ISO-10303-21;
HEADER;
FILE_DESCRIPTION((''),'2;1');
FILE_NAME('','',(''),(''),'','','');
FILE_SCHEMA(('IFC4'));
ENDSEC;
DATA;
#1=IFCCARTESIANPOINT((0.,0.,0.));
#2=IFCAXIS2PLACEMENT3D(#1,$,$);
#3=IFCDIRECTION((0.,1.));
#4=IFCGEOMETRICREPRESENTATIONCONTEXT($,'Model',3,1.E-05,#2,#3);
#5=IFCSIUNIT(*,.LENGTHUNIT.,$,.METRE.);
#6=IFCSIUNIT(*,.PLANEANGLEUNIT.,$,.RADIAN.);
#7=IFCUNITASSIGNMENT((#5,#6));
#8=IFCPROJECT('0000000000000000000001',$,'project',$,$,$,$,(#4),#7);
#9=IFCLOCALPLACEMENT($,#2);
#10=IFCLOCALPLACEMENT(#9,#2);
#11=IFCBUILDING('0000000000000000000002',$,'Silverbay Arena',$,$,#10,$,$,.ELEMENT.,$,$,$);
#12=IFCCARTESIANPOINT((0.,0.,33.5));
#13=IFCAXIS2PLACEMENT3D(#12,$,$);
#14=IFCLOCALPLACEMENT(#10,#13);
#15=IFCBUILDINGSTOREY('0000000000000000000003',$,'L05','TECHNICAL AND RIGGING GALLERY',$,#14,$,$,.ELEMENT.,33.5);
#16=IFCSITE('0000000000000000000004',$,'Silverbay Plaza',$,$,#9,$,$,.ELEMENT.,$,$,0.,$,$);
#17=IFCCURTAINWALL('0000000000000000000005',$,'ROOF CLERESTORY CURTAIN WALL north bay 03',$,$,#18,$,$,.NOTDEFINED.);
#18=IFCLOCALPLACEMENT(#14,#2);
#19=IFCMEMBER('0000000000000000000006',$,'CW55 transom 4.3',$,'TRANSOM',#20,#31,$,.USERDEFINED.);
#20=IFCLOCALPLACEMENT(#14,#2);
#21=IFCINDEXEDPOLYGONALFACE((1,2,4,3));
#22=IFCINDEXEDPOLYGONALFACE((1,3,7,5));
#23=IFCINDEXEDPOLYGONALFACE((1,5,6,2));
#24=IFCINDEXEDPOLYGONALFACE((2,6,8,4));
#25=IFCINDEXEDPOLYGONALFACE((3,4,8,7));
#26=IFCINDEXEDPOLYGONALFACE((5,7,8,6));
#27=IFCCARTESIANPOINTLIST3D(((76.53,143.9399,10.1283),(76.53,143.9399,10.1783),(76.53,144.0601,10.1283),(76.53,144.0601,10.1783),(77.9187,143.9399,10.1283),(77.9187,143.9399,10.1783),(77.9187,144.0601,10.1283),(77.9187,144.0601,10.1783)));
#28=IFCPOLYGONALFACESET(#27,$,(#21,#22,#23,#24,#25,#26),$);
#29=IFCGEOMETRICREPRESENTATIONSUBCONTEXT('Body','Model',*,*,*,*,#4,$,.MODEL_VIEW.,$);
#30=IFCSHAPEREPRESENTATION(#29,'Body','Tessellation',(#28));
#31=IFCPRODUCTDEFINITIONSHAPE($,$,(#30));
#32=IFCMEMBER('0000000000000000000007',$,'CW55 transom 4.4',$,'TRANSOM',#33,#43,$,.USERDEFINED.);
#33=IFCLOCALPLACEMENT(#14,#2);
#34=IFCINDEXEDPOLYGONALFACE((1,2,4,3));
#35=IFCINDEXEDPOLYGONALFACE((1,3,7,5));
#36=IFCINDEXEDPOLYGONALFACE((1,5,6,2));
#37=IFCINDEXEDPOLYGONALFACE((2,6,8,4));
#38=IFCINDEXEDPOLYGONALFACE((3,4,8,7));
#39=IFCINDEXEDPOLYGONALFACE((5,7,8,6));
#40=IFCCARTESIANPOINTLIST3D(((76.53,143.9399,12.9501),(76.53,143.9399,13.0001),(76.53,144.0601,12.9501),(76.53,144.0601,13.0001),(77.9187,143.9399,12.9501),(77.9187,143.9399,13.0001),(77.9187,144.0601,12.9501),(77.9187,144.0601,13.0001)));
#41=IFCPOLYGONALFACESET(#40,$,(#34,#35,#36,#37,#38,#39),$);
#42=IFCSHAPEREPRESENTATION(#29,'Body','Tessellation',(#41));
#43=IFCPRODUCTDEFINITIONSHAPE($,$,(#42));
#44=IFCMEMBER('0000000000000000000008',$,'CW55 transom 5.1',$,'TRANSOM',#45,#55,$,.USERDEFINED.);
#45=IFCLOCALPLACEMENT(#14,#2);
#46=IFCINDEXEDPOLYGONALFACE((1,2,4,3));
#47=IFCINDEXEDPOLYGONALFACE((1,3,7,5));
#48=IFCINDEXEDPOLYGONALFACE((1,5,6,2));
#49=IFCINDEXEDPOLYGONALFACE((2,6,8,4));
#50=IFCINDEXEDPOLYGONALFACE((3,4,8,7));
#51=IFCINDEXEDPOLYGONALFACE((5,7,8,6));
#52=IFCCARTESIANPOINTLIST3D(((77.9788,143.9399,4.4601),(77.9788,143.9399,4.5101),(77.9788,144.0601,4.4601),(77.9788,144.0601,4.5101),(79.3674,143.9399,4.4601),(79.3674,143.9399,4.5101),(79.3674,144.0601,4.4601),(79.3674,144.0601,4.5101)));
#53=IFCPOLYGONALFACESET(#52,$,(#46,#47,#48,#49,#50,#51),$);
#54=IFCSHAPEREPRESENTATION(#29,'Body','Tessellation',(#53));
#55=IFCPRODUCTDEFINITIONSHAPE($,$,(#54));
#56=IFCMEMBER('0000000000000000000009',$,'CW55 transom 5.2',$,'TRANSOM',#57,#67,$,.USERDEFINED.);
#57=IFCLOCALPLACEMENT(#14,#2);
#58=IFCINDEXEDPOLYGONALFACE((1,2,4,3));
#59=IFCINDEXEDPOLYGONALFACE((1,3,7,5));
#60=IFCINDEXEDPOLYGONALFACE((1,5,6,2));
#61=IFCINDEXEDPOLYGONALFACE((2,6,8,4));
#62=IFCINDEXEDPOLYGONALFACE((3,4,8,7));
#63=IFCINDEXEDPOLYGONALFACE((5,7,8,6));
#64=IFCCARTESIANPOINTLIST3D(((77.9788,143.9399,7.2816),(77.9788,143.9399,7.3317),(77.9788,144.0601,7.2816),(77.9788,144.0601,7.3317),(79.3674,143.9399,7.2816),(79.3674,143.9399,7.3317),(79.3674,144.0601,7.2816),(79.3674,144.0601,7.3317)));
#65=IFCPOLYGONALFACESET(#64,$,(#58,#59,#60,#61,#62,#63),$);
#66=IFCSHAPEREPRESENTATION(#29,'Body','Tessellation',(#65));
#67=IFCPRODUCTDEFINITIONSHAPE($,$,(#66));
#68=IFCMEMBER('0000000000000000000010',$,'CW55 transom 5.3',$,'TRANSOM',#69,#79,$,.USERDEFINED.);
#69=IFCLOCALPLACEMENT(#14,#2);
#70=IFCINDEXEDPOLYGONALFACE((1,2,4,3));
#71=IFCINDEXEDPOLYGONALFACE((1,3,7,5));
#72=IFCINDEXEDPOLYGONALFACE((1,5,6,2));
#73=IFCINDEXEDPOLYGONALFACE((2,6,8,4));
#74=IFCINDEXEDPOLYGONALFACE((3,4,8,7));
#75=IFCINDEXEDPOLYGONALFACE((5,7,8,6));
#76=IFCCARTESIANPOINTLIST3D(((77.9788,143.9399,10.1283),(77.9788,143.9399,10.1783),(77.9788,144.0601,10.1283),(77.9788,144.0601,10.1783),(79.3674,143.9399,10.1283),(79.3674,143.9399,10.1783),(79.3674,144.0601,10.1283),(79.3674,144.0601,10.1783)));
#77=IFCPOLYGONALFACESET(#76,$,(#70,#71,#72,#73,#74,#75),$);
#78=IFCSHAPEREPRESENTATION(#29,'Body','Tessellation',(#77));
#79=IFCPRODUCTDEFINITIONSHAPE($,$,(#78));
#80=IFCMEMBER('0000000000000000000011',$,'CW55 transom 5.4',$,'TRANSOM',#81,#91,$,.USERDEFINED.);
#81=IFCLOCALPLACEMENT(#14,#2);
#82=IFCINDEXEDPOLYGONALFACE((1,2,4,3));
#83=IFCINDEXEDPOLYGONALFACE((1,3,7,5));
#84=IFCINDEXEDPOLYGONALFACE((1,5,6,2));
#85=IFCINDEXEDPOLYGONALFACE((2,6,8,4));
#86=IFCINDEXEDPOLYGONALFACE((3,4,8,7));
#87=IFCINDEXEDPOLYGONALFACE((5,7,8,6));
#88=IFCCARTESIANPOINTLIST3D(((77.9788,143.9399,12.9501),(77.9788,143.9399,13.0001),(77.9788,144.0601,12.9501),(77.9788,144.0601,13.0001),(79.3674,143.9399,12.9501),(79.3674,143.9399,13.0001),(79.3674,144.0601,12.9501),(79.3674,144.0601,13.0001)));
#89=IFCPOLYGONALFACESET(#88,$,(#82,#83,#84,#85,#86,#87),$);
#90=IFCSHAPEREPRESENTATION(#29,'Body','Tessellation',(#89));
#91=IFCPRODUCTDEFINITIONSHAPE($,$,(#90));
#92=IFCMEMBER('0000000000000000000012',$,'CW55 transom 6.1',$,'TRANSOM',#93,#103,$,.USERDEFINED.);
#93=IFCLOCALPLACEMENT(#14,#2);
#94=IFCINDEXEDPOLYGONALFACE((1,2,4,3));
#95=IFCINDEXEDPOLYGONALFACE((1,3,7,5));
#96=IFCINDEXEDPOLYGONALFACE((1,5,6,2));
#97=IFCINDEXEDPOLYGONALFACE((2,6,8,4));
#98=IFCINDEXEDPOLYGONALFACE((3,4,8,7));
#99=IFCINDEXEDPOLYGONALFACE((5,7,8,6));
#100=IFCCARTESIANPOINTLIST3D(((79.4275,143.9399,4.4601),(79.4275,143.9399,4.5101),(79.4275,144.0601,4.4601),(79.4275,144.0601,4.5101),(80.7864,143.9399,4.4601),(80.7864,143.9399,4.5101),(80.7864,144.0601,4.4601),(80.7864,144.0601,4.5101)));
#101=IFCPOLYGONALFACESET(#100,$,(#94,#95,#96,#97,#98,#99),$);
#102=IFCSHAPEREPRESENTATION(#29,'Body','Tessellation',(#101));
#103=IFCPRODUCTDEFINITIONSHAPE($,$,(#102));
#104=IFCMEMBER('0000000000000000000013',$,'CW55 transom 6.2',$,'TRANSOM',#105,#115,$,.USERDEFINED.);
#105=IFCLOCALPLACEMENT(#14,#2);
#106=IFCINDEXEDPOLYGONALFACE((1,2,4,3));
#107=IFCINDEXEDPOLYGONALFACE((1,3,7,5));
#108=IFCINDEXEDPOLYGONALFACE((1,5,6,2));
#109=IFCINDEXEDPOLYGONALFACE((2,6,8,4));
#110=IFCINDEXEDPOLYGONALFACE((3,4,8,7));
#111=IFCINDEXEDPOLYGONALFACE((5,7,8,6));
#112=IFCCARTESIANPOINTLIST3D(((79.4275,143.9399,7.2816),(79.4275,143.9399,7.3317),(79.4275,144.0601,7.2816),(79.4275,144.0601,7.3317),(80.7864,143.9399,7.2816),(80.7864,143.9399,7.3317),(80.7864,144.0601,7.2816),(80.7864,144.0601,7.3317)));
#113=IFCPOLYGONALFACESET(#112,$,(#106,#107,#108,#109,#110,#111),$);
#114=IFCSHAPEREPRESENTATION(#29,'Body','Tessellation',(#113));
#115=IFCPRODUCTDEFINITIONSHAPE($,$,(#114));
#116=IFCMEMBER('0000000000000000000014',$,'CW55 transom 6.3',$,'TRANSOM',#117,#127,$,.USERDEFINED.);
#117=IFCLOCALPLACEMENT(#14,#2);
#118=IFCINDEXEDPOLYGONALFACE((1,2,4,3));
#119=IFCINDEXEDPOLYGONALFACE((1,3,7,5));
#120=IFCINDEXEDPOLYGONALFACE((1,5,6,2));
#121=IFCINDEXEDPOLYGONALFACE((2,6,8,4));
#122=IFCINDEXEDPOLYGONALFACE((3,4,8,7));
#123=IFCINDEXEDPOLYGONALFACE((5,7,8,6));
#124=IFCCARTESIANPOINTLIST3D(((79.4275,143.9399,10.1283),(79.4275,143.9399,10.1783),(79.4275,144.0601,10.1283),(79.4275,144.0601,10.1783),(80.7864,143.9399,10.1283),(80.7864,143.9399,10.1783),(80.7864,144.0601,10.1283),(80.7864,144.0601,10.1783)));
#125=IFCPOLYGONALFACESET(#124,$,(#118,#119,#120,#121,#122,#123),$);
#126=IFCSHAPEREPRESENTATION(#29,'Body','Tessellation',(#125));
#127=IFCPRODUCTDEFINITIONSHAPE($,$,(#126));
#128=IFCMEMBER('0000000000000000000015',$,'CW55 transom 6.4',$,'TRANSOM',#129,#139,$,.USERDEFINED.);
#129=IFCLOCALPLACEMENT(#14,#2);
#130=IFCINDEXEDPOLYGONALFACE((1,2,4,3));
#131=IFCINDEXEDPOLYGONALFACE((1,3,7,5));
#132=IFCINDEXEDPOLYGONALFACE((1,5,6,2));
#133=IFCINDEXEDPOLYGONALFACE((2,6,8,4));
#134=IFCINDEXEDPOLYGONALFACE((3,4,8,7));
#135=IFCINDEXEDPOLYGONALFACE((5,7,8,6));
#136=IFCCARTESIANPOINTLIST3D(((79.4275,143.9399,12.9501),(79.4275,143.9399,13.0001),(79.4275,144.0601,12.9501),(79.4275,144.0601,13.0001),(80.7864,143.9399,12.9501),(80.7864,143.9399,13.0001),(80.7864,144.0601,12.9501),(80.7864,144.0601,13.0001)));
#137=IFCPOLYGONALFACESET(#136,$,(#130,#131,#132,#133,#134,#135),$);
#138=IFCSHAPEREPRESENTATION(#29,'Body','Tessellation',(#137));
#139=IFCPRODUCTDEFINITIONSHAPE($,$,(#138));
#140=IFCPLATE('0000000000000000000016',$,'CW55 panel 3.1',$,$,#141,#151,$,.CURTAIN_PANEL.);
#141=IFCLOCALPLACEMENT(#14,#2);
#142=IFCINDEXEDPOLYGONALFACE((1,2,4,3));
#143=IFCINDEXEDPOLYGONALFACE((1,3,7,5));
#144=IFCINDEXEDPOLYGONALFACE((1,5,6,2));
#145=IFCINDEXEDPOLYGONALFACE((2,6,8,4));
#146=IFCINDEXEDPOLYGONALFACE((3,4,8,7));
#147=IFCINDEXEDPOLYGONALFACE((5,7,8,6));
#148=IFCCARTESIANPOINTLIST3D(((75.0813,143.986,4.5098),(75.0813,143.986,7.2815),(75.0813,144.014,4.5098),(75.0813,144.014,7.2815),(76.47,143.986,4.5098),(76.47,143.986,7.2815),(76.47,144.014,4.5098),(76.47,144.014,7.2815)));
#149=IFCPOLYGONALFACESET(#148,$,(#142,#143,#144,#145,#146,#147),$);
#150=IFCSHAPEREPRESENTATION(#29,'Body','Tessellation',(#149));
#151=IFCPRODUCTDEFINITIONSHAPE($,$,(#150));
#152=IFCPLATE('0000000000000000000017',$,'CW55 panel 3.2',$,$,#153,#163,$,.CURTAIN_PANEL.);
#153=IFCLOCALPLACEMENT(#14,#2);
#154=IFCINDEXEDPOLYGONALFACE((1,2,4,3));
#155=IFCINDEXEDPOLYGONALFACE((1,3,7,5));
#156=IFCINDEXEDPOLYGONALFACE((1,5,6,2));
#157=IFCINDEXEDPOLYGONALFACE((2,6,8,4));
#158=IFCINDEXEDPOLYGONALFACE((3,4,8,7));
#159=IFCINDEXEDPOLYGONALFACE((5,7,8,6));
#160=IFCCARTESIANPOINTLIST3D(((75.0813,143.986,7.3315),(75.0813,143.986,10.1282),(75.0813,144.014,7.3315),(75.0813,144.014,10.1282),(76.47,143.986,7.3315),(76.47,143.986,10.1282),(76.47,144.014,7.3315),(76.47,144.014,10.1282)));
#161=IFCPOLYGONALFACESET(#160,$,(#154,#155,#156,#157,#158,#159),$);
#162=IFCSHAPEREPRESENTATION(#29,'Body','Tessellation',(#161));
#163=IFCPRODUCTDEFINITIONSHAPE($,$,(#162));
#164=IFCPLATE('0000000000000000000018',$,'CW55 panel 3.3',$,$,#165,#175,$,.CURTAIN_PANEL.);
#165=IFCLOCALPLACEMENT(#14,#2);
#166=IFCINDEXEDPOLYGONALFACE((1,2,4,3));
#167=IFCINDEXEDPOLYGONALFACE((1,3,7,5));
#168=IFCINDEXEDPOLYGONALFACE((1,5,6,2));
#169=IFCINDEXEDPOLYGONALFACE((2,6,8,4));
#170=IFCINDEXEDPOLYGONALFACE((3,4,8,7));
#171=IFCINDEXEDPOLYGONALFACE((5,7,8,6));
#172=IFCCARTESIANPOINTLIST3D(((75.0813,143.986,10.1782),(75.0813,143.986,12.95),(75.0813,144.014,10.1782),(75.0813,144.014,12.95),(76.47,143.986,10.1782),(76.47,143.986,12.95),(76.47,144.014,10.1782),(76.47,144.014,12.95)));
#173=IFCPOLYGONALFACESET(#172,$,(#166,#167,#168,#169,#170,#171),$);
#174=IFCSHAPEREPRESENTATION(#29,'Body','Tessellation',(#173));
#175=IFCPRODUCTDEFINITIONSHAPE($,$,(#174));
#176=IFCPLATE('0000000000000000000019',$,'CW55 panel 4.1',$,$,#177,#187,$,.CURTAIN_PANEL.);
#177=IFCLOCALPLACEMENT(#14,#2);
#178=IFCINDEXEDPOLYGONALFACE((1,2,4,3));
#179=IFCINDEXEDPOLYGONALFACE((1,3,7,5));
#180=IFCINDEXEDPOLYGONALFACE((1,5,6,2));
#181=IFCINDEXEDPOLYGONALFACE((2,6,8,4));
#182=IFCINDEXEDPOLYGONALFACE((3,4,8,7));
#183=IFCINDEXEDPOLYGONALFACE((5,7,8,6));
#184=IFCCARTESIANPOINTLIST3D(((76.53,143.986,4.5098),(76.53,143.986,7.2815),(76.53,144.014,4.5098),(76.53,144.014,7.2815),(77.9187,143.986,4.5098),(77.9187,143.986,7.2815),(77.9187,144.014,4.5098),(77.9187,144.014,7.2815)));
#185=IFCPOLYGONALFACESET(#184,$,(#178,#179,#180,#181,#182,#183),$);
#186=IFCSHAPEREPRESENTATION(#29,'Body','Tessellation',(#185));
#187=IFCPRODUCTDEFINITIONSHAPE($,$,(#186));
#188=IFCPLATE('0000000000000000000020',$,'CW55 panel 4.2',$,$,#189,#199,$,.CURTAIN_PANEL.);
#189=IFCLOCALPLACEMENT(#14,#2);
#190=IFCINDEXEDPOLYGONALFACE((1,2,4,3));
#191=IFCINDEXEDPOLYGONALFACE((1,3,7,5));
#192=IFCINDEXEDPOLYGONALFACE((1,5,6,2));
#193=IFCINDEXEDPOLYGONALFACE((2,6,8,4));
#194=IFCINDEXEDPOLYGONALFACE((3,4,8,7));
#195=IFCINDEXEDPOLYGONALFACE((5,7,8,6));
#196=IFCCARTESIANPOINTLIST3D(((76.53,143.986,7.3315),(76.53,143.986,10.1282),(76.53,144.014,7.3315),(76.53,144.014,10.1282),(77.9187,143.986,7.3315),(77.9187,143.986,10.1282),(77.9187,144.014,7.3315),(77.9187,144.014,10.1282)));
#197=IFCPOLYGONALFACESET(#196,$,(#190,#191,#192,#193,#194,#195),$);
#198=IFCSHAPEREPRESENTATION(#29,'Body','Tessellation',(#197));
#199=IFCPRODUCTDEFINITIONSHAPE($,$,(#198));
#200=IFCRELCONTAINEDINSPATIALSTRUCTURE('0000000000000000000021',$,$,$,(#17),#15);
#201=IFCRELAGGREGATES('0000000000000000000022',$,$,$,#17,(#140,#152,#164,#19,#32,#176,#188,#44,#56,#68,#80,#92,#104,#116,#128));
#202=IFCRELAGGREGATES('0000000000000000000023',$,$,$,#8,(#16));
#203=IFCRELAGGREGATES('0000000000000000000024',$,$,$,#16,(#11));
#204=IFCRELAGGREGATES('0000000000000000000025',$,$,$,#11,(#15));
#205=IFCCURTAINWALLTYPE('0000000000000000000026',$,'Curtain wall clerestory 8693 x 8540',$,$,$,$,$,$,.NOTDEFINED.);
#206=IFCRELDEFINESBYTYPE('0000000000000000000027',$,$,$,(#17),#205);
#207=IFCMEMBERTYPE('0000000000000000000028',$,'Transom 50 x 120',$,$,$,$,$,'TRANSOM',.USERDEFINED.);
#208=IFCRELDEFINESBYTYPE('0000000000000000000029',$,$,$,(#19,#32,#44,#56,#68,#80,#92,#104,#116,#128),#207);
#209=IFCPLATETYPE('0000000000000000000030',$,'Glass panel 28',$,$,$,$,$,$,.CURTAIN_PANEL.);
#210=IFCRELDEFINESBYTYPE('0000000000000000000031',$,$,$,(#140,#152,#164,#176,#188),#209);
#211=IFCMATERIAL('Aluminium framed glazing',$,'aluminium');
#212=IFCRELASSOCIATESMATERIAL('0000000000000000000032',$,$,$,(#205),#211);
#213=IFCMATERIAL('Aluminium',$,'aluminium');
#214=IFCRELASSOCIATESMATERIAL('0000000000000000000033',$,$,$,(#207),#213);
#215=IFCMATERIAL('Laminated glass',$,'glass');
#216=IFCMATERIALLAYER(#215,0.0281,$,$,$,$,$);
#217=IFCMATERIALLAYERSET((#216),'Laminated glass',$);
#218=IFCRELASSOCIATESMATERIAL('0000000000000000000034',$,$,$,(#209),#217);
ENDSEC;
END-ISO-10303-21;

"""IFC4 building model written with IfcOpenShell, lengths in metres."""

from ifc_helpers import new_model, si_unit, direction, frame, origin, origin_2d, place, context, subcontext, project, spatial, rectangle, extrude, material, layer, layer_set, material_profile, profile_set, type_object, element, aggregate, save


model = new_model("IFC4")

# Units and contexts
model_context = context("Model", 3, precision=1e-05, world=origin(), true_north=direction((0.0, 1.0)))
body_context = subcontext(model_context, "Body", "Model", "MODEL_VIEW")
ifc_project = project(units=[si_unit("LENGTHUNIT", "METRE"), si_unit("PLANEANGLEUNIT", "RADIAN")], contexts=[model_context])

# Site, building, storey
site_placement = place(None, origin())
site = spatial("IfcSite", under=ifc_project, at=site_placement, Name="Silverbay Plaza", CompositionType="ELEMENT", RefElevation=0.0)
building_placement = place(site_placement, origin())
building = spatial("IfcBuilding", under=site, at=building_placement, Name="Silverbay Arena", CompositionType="ELEMENT")
storey_placement = place(building_placement, frame((0.0, 0.0, 33.5)))
storey = spatial("IfcBuildingStorey", under=building, at=storey_placement, Name="L05", Description="TECHNICAL AND RIGGING GALLERY", CompositionType="ELEMENT", Elevation=33.5)

# Curtain wall, members, plates
ifc_material_1 = material(Name="Aluminium framed glazing", Category="aluminium")
curtain_wall_type = type_object("IfcCurtainWallType", Name="Curtain wall clerestory 8693 x 8540", PredefinedType="NOTDEFINED", material=ifc_material_1)
curtain_wall_placement = place(storey_placement, origin())
curtain_wall = element("IfcCurtainWall", 1, at=curtain_wall_placement, inside=storey, type_object=curtain_wall_type, Name="ROOF CLERESTORY CURTAIN WALL north bay 03", PredefinedType="NOTDEFINED")
ifc_material_2 = material(Name="Aluminium", Category="aluminium")
ifc_material_profile_1 = material_profile(ifc_material_2, rectangle(XDim=0.1201, YDim=0.05, at=origin_2d()), Name="Transom 50 x 120")
ifc_profile_set_1 = profile_set([ifc_material_profile_1], Name="Aluminium")
member_type_1 = type_object("IfcMemberType", Name="Transom 50 x 120", ElementType="TRANSOM", PredefinedType="USERDEFINED", material=ifc_profile_set_1)
member_1_placement = place(storey_placement, frame((76.53, 144.0, 10.1533), z_axis=(1.0, 0.0, 0.0), x_axis=(0.0, 1.0, 0.0)))
member_1 = element("IfcMember", 2, at=member_1_placement, type_object=member_type_1, Name="CW55 transom 4.3", ObjectType="TRANSOM", PredefinedType="USERDEFINED", context=body_context, shape_type="SweptSolid", body=[
    extrude(rectangle(XDim=0.1201, YDim=0.05, at=origin_2d()), origin(), (0.0, 0.0, 1.0), 1.3887),
])
member_2_placement = place(storey_placement, frame((76.53, 144.0, 12.9751), z_axis=(1.0, 0.0, 0.0), x_axis=(0.0, 1.0, 0.0)))
member_2 = element("IfcMember", 3, at=member_2_placement, type_object=member_type_1, Name="CW55 transom 4.4", ObjectType="TRANSOM", PredefinedType="USERDEFINED", context=body_context, shape_type="SweptSolid", body=[
    extrude(rectangle(XDim=0.1201, YDim=0.05, at=origin_2d()), origin(), (0.0, 0.0, 1.0), 1.3887),
])
member_3_placement = place(storey_placement, frame((77.9788, 144.0, 4.4851), z_axis=(1.0, 0.0, 0.0), x_axis=(0.0, 1.0, 0.0)))
member_3 = element("IfcMember", 4, at=member_3_placement, type_object=member_type_1, Name="CW55 transom 5.1", ObjectType="TRANSOM", PredefinedType="USERDEFINED", context=body_context, shape_type="SweptSolid", body=[
    extrude(rectangle(XDim=0.1201, YDim=0.05, at=origin_2d()), origin(), (0.0, 0.0, 1.0), 1.3887),
])
member_4_placement = place(storey_placement, frame((77.9788, 144.0, 7.3066), z_axis=(1.0, 0.0, 0.0), x_axis=(0.0, 1.0, 0.0)))
member_4 = element("IfcMember", 5, at=member_4_placement, type_object=member_type_1, Name="CW55 transom 5.2", ObjectType="TRANSOM", PredefinedType="USERDEFINED", context=body_context, shape_type="SweptSolid", body=[
    extrude(rectangle(XDim=0.1201, YDim=0.05, at=origin_2d()), origin(), (0.0, 0.0, 1.0), 1.3887),
])
member_5_placement = place(storey_placement, frame((77.9788, 144.0, 10.1533), z_axis=(1.0, 0.0, 0.0), x_axis=(0.0, 1.0, 0.0)))
member_5 = element("IfcMember", 6, at=member_5_placement, type_object=member_type_1, Name="CW55 transom 5.3", ObjectType="TRANSOM", PredefinedType="USERDEFINED", context=body_context, shape_type="SweptSolid", body=[
    extrude(rectangle(XDim=0.1201, YDim=0.05, at=origin_2d()), origin(), (0.0, 0.0, 1.0), 1.3887),
])
member_6_placement = place(storey_placement, frame((77.9788, 144.0, 12.9751), z_axis=(1.0, 0.0, 0.0), x_axis=(0.0, 1.0, 0.0)))
member_6 = element("IfcMember", 7, at=member_6_placement, type_object=member_type_1, Name="CW55 transom 5.4", ObjectType="TRANSOM", PredefinedType="USERDEFINED", context=body_context, shape_type="SweptSolid", body=[
    extrude(rectangle(XDim=0.1201, YDim=0.05, at=origin_2d()), origin(), (0.0, 0.0, 1.0), 1.3887),
])
member_7_placement = place(storey_placement, frame((79.4275, 144.0, 4.4851), z_axis=(1.0, 0.0, 0.0), x_axis=(0.0, 1.0, 0.0)))
member_7 = element("IfcMember", 8, at=member_7_placement, type_object=member_type_1, Name="CW55 transom 6.1", ObjectType="TRANSOM", PredefinedType="USERDEFINED", context=body_context, shape_type="SweptSolid", body=[
    extrude(rectangle(XDim=0.1201, YDim=0.05, at=origin_2d()), origin(), (0.0, 0.0, 1.0), 1.3589),
])
member_8_placement = place(storey_placement, frame((79.4275, 144.0, 7.3066), z_axis=(1.0, 0.0, 0.0), x_axis=(0.0, 1.0, 0.0)))
member_8 = element("IfcMember", 9, at=member_8_placement, type_object=member_type_1, Name="CW55 transom 6.2", ObjectType="TRANSOM", PredefinedType="USERDEFINED", context=body_context, shape_type="SweptSolid", body=[
    extrude(rectangle(XDim=0.1201, YDim=0.05, at=origin_2d()), origin(), (0.0, 0.0, 1.0), 1.3589),
])
member_9_placement = place(storey_placement, frame((79.4275, 144.0, 10.1533), z_axis=(1.0, 0.0, 0.0), x_axis=(0.0, 1.0, 0.0)))
member_9 = element("IfcMember", 10, at=member_9_placement, type_object=member_type_1, Name="CW55 transom 6.3", ObjectType="TRANSOM", PredefinedType="USERDEFINED", context=body_context, shape_type="SweptSolid", body=[
    extrude(rectangle(XDim=0.1201, YDim=0.05, at=origin_2d()), origin(), (0.0, 0.0, 1.0), 1.3589),
])
member_10_placement = place(storey_placement, frame((79.4275, 144.0, 12.9751), z_axis=(1.0, 0.0, 0.0), x_axis=(0.0, 1.0, 0.0)))
member_10 = element("IfcMember", 11, at=member_10_placement, type_object=member_type_1, Name="CW55 transom 6.4", ObjectType="TRANSOM", PredefinedType="USERDEFINED", context=body_context, shape_type="SweptSolid", body=[
    extrude(rectangle(XDim=0.1201, YDim=0.05, at=origin_2d()), origin(), (0.0, 0.0, 1.0), 1.3589),
])
ifc_material_3 = material(Name="Laminated glass", Category="glass")
ifc_layer = layer(ifc_material_3, 0.0281)
ifc_layer_set = layer_set([ifc_layer], Name="Laminated glass")
plate_type = type_object("IfcPlateType", Name="Glass panel 28", PredefinedType="CURTAIN_PANEL", material=ifc_layer_set)
plate_1_placement = place(storey_placement, frame((75.7756, 144.0, 4.5098), z_axis=(0.0, 0.0, 1.0), x_axis=(1.0, 0.0, 0.0)))
plate_1 = element("IfcPlate", 12, at=plate_1_placement, type_object=plate_type, Name="CW55 panel 3.1", PredefinedType="CURTAIN_PANEL", context=body_context, shape_type="SweptSolid", body=[
    extrude(rectangle(XDim=1.3887, YDim=0.0281, at=origin_2d()), origin(), (0.0, 0.0, 1.0), 2.7717),
])
plate_2_placement = place(storey_placement, frame((75.7756, 144.0, 7.3315), z_axis=(0.0, 0.0, 1.0), x_axis=(1.0, 0.0, 0.0)))
plate_2 = element("IfcPlate", 13, at=plate_2_placement, type_object=plate_type, Name="CW55 panel 3.2", PredefinedType="CURTAIN_PANEL", context=body_context, shape_type="SweptSolid", body=[
    extrude(rectangle(XDim=1.3887, YDim=0.0281, at=origin_2d()), origin(), (0.0, 0.0, 1.0), 2.7966),
])
plate_3_placement = place(storey_placement, frame((75.7756, 144.0, 10.1782), z_axis=(0.0, 0.0, 1.0), x_axis=(1.0, 0.0, 0.0)))
plate_3 = element("IfcPlate", 14, at=plate_3_placement, type_object=plate_type, Name="CW55 panel 3.3", PredefinedType="CURTAIN_PANEL", context=body_context, shape_type="SweptSolid", body=[
    extrude(rectangle(XDim=1.3887, YDim=0.0281, at=origin_2d()), origin(), (0.0, 0.0, 1.0), 2.7717),
])
plate_4_placement = place(storey_placement, frame((77.2244, 144.0, 4.5098), z_axis=(0.0, 0.0, 1.0), x_axis=(1.0, 0.0, 0.0)))
plate_4 = element("IfcPlate", 15, at=plate_4_placement, type_object=plate_type, Name="CW55 panel 4.1", PredefinedType="CURTAIN_PANEL", context=body_context, shape_type="SweptSolid", body=[
    extrude(rectangle(XDim=1.3887, YDim=0.0281, at=origin_2d()), origin(), (0.0, 0.0, 1.0), 2.7717),
])
plate_5_placement = place(storey_placement, frame((77.2244, 144.0, 7.3315), z_axis=(0.0, 0.0, 1.0), x_axis=(1.0, 0.0, 0.0)))
plate_5 = element("IfcPlate", 16, at=plate_5_placement, type_object=plate_type, Name="CW55 panel 4.2", PredefinedType="CURTAIN_PANEL", context=body_context, shape_type="SweptSolid", body=[
    extrude(rectangle(XDim=1.3887, YDim=0.0281, at=origin_2d()), origin(), (0.0, 0.0, 1.0), 2.7966),
])
aggregate(curtain_wall, [plate_1, plate_2, plate_3, member_1, member_2, plate_4, plate_5, member_3, member_4, member_5, member_6, member_7, member_8, member_9, member_10])

save(model, "model.ifc")
